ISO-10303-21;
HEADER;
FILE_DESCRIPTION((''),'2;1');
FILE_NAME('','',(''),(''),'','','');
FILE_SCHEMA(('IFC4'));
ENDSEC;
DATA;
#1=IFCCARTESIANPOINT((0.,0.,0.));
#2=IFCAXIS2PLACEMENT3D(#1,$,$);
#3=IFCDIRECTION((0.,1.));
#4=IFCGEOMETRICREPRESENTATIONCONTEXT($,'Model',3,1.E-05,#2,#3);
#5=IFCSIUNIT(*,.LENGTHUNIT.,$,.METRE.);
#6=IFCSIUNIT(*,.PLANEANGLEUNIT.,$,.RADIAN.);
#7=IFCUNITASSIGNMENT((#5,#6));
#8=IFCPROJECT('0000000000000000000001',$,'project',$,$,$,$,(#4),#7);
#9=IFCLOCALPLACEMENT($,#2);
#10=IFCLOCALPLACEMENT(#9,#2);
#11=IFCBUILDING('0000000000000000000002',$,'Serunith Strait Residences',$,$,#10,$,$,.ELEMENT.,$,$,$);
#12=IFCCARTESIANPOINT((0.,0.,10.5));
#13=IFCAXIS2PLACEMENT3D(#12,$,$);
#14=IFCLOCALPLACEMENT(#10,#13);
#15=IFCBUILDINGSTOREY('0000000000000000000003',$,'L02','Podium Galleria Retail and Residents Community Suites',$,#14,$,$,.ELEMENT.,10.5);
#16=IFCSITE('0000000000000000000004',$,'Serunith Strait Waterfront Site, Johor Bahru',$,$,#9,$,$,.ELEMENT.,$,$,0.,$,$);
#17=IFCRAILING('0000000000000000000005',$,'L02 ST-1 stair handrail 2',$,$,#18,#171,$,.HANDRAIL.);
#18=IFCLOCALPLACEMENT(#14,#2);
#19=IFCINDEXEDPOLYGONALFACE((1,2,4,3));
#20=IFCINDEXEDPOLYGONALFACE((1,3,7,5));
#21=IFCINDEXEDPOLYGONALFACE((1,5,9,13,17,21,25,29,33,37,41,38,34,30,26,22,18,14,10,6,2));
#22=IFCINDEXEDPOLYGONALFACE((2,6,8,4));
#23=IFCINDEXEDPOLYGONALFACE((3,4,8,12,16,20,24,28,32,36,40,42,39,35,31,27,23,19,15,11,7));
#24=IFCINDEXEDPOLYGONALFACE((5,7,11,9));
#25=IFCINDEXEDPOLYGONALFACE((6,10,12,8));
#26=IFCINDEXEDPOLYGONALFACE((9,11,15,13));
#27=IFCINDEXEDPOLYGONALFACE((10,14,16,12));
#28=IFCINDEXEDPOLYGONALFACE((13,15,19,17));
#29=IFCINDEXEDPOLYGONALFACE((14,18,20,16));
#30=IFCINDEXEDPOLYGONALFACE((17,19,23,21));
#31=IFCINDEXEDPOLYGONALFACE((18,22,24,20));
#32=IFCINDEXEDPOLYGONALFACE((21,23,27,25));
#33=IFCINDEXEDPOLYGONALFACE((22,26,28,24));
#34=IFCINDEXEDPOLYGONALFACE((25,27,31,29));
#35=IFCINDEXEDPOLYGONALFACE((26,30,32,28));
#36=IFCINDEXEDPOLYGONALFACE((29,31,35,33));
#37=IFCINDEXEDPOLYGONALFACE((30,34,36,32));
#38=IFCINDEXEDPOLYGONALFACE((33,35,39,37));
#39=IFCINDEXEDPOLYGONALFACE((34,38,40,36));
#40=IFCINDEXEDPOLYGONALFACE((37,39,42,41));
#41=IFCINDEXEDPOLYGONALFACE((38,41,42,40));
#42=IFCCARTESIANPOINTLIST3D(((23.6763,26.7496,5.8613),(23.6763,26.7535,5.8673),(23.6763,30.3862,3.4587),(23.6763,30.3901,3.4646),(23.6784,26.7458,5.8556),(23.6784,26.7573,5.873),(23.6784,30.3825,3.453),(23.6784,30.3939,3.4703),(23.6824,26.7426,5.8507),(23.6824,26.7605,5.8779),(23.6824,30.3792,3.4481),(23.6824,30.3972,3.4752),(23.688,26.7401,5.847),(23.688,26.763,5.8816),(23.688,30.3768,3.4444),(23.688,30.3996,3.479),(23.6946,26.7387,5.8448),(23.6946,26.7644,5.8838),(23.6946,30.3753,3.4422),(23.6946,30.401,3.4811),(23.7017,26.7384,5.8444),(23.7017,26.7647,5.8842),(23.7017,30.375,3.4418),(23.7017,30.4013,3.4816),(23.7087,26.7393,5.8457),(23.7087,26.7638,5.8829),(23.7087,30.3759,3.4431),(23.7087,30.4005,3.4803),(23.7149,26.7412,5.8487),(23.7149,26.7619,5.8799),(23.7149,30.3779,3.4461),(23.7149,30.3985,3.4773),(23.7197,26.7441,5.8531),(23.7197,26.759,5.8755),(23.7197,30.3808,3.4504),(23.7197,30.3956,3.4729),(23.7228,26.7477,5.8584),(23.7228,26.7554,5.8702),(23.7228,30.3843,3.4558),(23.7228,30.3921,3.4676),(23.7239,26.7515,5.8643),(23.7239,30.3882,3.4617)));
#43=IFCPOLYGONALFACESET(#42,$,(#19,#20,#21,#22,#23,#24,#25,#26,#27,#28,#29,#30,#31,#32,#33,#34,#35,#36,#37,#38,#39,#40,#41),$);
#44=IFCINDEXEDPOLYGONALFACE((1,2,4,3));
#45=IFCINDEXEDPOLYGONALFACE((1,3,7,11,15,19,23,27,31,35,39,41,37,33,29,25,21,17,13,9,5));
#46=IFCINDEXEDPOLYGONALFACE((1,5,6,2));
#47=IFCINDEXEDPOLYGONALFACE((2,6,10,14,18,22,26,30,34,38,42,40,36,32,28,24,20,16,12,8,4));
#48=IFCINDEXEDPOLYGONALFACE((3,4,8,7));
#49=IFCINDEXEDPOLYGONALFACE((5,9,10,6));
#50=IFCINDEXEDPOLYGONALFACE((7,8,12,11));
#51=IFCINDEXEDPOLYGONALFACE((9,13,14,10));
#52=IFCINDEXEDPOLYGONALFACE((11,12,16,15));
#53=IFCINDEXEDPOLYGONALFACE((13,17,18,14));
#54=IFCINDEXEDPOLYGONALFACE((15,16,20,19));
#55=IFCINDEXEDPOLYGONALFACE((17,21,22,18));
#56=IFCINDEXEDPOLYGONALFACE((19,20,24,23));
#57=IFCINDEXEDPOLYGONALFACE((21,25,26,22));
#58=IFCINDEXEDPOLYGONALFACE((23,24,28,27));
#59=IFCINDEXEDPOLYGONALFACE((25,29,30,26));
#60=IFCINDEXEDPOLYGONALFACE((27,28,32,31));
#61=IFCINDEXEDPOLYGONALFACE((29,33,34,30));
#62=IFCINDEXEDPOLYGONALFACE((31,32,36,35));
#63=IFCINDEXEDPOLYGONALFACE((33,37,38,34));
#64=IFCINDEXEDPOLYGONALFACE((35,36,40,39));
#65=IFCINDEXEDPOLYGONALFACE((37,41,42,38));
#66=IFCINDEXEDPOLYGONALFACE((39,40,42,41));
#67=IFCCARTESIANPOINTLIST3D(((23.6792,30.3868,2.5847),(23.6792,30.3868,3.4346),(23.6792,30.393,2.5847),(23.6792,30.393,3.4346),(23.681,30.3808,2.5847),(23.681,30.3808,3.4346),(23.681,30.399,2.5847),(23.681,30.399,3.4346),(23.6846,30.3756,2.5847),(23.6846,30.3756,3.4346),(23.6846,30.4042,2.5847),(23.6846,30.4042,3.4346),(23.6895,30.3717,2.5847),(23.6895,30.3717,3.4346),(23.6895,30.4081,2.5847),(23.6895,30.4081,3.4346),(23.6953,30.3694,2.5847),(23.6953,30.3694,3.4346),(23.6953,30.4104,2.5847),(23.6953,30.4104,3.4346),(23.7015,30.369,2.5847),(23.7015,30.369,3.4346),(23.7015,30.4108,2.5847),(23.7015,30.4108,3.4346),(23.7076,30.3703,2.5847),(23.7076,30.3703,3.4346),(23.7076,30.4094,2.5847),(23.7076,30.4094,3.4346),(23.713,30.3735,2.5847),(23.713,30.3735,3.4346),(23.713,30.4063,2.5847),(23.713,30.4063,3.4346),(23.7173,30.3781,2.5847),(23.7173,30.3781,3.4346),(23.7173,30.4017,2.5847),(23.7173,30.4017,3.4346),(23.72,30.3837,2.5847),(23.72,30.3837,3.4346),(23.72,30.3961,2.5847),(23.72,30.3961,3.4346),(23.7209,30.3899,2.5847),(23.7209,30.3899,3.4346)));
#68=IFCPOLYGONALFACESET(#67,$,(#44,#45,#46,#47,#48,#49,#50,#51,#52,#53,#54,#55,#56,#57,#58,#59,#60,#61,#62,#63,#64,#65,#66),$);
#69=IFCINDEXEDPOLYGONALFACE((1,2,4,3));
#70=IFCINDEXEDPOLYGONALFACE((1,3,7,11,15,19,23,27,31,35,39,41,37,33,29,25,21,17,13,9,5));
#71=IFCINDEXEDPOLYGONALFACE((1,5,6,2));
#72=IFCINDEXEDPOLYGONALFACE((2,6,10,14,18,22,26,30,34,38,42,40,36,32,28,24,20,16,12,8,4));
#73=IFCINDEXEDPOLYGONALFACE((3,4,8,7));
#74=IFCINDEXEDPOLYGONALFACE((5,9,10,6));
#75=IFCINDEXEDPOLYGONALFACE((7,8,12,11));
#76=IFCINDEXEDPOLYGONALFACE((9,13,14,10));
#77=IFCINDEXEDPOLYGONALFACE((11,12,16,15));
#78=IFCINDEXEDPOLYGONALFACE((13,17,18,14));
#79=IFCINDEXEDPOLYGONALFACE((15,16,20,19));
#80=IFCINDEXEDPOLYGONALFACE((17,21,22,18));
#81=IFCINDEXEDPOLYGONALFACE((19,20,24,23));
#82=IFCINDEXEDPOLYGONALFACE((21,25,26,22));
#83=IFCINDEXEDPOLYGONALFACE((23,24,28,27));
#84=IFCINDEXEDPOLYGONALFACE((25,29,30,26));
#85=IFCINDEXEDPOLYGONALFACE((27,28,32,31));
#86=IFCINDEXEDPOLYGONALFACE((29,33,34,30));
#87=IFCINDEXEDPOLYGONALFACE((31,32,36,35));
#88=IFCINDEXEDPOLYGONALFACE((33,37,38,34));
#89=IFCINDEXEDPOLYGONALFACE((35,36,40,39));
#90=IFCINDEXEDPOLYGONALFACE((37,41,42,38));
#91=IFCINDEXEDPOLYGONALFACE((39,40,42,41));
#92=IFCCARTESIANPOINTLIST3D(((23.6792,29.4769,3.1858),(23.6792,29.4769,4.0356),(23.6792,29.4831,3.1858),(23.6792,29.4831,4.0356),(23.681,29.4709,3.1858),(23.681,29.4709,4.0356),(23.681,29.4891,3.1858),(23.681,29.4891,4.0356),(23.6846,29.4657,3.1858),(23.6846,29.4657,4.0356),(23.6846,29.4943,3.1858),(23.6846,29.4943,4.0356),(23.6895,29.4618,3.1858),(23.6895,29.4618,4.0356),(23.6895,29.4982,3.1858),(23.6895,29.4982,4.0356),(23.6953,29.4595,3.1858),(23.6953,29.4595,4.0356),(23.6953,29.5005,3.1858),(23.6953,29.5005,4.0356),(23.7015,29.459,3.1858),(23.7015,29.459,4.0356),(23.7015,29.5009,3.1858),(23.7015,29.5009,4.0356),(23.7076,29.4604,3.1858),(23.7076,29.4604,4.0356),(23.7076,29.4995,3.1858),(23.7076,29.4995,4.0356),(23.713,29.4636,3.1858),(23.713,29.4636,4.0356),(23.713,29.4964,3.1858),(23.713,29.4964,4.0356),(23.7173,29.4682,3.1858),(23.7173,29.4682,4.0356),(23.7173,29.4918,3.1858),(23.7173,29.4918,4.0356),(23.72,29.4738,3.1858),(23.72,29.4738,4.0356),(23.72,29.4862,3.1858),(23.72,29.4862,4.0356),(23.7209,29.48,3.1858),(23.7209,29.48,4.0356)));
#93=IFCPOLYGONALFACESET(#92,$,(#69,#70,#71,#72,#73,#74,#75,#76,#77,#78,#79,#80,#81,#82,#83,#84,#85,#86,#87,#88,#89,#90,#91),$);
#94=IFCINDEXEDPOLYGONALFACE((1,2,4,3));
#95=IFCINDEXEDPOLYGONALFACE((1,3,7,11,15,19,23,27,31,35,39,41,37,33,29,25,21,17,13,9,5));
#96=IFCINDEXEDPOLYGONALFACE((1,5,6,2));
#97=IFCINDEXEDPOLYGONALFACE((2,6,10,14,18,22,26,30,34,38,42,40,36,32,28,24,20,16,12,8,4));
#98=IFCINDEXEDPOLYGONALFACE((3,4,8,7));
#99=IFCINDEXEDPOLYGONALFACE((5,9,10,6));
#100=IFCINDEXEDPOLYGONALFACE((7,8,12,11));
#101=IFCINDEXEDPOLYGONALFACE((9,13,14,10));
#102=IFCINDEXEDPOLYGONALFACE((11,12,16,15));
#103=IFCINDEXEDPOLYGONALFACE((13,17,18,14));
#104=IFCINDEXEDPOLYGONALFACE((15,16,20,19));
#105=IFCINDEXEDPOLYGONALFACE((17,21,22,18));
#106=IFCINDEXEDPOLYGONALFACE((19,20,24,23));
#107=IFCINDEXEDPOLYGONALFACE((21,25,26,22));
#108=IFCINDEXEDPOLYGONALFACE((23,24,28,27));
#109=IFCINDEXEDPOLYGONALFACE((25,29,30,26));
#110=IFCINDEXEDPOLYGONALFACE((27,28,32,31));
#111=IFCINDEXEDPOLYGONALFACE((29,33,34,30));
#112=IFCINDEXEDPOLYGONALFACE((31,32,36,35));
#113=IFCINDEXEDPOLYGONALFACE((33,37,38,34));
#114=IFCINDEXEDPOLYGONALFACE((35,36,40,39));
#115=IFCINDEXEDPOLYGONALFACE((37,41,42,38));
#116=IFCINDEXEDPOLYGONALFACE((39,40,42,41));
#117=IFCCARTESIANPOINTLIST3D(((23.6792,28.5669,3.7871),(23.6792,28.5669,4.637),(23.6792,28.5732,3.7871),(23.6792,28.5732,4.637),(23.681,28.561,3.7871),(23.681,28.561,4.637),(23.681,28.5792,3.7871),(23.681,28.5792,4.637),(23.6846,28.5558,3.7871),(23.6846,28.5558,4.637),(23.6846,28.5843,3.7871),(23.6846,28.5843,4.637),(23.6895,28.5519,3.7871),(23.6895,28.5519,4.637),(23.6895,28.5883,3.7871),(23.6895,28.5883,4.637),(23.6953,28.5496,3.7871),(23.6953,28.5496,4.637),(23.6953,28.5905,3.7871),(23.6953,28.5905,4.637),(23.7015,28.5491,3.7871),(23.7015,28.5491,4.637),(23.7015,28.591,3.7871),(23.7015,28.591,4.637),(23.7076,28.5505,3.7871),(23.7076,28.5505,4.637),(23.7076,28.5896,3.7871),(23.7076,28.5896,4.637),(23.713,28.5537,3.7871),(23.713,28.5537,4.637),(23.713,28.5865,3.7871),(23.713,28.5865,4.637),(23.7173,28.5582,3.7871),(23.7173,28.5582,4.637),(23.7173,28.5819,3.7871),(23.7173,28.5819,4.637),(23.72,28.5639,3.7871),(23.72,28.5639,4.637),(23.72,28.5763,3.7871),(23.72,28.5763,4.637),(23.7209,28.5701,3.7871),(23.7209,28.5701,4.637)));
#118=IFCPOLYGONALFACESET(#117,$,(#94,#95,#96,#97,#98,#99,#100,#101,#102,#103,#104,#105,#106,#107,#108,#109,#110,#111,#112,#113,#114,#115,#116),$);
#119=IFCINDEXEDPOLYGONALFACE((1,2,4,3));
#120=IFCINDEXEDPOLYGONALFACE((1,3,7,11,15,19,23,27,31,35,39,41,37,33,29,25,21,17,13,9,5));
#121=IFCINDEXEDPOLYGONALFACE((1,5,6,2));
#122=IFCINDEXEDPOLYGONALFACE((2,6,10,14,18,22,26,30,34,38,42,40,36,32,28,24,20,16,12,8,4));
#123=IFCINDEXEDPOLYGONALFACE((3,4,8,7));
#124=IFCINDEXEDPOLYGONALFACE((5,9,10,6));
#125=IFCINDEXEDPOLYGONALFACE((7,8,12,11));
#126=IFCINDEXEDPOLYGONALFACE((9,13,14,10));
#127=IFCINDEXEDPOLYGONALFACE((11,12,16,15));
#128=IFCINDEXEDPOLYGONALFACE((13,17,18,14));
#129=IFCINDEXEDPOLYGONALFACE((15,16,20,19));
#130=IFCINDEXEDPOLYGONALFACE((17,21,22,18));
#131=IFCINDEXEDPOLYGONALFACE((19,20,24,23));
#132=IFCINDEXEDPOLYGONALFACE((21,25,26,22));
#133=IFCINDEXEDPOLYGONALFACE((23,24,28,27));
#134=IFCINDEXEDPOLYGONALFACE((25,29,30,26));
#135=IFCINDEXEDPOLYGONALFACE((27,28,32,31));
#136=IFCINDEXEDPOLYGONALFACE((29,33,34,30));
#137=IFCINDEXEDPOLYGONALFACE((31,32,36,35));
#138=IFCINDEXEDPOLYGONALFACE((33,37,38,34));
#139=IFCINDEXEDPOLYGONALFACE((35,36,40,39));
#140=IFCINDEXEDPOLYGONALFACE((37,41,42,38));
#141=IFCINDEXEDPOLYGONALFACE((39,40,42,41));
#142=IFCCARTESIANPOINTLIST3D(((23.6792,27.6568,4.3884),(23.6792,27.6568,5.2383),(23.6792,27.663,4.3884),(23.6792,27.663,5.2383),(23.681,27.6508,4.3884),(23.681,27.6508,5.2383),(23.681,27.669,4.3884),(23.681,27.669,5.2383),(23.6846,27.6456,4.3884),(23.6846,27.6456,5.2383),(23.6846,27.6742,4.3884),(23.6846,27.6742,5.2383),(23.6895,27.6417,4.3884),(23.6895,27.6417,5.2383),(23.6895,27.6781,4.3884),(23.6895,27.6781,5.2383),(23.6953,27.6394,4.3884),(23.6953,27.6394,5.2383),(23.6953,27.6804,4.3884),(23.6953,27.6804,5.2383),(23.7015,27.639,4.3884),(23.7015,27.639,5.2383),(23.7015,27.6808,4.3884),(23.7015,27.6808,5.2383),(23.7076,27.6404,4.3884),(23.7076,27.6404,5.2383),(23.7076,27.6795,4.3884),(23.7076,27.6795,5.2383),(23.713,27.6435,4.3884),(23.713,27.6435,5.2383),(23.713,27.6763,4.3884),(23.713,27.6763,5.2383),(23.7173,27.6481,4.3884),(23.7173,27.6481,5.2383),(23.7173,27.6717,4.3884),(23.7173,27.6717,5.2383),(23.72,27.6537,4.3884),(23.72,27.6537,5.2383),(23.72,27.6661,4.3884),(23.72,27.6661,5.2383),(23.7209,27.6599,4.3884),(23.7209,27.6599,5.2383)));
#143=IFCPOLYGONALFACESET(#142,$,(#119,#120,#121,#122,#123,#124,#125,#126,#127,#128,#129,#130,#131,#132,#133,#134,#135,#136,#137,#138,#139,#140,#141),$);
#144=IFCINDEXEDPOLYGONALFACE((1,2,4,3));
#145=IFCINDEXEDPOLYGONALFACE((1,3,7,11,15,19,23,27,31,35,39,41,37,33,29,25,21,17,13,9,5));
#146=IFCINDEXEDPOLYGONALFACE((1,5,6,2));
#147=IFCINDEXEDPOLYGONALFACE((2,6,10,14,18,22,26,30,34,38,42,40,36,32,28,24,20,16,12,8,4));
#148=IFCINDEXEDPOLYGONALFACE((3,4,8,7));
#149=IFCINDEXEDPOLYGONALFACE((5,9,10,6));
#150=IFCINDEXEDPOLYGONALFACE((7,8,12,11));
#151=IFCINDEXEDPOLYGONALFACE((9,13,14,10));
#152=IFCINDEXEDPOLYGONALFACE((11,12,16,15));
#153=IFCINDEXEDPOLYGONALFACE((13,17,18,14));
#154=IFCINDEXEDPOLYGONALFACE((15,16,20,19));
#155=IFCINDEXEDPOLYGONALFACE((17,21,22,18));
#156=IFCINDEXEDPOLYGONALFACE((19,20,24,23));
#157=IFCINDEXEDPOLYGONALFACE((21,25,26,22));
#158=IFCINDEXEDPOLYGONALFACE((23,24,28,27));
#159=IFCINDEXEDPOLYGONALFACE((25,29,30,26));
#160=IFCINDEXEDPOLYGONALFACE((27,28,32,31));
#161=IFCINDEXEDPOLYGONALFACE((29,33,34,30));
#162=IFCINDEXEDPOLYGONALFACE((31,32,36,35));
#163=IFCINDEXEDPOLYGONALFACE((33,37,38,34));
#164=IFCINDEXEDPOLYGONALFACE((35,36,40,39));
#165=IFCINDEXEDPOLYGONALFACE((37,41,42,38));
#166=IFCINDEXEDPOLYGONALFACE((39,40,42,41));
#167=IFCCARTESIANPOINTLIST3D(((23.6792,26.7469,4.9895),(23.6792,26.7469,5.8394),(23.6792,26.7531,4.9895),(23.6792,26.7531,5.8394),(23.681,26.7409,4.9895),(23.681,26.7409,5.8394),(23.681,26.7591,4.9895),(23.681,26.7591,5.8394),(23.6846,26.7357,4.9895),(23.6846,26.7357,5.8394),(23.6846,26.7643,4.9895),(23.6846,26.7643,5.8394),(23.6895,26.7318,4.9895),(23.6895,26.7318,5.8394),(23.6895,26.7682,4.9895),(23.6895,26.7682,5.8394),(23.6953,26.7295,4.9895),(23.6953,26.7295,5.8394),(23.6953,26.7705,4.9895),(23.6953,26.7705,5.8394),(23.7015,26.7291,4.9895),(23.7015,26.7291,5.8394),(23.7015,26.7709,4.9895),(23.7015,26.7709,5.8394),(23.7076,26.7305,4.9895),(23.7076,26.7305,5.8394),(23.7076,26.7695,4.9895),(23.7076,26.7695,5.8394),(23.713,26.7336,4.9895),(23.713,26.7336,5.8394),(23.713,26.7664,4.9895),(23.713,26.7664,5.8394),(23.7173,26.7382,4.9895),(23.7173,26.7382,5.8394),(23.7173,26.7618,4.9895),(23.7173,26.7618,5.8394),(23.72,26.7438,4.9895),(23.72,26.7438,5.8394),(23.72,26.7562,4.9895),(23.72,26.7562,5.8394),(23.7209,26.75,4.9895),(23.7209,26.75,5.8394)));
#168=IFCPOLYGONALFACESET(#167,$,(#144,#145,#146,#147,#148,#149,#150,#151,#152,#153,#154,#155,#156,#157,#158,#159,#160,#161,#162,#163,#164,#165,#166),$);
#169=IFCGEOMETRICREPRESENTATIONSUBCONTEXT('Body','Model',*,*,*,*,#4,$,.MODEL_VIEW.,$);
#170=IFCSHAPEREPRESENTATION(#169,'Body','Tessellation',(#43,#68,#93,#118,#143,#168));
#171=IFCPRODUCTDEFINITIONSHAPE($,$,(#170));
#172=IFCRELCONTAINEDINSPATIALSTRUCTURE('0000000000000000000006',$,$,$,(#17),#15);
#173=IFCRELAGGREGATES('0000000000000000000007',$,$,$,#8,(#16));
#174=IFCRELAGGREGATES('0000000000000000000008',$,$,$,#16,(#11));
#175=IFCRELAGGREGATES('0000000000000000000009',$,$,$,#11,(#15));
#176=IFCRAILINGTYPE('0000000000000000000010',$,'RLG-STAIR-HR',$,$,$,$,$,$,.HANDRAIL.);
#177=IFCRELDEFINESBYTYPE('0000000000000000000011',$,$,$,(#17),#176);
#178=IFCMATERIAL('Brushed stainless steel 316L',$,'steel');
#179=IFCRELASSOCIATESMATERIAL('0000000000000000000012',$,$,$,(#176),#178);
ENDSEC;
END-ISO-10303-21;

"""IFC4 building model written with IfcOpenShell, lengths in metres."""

from ifc_helpers import new_model, si_unit, direction, frame, origin, origin_2d, place, context, subcontext, project, spatial, circle, extrude, material, type_object, element, save


model = new_model("IFC4")

# Units and contexts
model_context = context("Model", 3, precision=1e-05, world=origin(), true_north=direction((0.0, 1.0)))
body_context = subcontext(model_context, "Body", "Model", "MODEL_VIEW")
ifc_project = project(units=[si_unit("LENGTHUNIT", "METRE"), si_unit("PLANEANGLEUNIT", "RADIAN")], contexts=[model_context])

# Site, building, storey
site_placement = place(None, origin())
site = spatial("IfcSite", under=ifc_project, at=site_placement, Name="Serunith Strait Waterfront Site, Johor Bahru", CompositionType="ELEMENT", RefElevation=0.0)
building_placement = place(site_placement, origin())
building = spatial("IfcBuilding", under=site, at=building_placement, Name="Serunith Strait Residences", CompositionType="ELEMENT")
storey_placement = place(building_placement, frame((0.0, 0.0, 10.5)))
storey = spatial("IfcBuildingStorey", under=building, at=storey_placement, Name="L02", Description="Podium Galleria Retail and Residents Community Suites", CompositionType="ELEMENT", Elevation=10.5)

# Railing
ifc_material_1 = material(Name="Brushed stainless steel 316L", Category="steel")
railing_type_1 = type_object("IfcRailingType", Name="RLG-STAIR-HR", PredefinedType="HANDRAIL", material=ifc_material_1)
railing_1_placement = place(storey_placement, frame((23.7, 30.3899, 2.5847)))
element("IfcRailing", 1, at=railing_1_placement, inside=storey, type_object=railing_type_1, Name="L02 ST-1 stair handrail 2", PredefinedType="HANDRAIL", context=body_context, shape_type="SweptSolid", body=[
    extrude(circle(Radius=0.0239, at=origin_2d()), frame((0.0, -0.0017, 0.877), z_axis=(0.0, -0.83435, 0.551234), x_axis=(1.0, 0.0, 0.0)), (0.0, 0.0, 1.0), 4.3586),
    extrude(circle(Radius=0.021, at=origin_2d()), origin(), (0.0, 0.0, 1.0), 0.8499),
    extrude(circle(Radius=0.021, at=origin_2d()), frame((0.0, -0.9099, 0.6011)), (0.0, 0.0, 1.0), 0.8499),
    extrude(circle(Radius=0.021, at=origin_2d()), frame((0.0, -1.8198, 1.2024)), (0.0, 0.0, 1.0), 0.8499),
    extrude(circle(Radius=0.021, at=origin_2d()), frame((0.0, -2.73, 1.8037)), (0.0, 0.0, 1.0), 0.8499),
    extrude(circle(Radius=0.021, at=origin_2d()), frame((0.0, -3.6399, 2.4048)), (0.0, 0.0, 1.0), 0.8499),
])

save(model, "model.ifc")
